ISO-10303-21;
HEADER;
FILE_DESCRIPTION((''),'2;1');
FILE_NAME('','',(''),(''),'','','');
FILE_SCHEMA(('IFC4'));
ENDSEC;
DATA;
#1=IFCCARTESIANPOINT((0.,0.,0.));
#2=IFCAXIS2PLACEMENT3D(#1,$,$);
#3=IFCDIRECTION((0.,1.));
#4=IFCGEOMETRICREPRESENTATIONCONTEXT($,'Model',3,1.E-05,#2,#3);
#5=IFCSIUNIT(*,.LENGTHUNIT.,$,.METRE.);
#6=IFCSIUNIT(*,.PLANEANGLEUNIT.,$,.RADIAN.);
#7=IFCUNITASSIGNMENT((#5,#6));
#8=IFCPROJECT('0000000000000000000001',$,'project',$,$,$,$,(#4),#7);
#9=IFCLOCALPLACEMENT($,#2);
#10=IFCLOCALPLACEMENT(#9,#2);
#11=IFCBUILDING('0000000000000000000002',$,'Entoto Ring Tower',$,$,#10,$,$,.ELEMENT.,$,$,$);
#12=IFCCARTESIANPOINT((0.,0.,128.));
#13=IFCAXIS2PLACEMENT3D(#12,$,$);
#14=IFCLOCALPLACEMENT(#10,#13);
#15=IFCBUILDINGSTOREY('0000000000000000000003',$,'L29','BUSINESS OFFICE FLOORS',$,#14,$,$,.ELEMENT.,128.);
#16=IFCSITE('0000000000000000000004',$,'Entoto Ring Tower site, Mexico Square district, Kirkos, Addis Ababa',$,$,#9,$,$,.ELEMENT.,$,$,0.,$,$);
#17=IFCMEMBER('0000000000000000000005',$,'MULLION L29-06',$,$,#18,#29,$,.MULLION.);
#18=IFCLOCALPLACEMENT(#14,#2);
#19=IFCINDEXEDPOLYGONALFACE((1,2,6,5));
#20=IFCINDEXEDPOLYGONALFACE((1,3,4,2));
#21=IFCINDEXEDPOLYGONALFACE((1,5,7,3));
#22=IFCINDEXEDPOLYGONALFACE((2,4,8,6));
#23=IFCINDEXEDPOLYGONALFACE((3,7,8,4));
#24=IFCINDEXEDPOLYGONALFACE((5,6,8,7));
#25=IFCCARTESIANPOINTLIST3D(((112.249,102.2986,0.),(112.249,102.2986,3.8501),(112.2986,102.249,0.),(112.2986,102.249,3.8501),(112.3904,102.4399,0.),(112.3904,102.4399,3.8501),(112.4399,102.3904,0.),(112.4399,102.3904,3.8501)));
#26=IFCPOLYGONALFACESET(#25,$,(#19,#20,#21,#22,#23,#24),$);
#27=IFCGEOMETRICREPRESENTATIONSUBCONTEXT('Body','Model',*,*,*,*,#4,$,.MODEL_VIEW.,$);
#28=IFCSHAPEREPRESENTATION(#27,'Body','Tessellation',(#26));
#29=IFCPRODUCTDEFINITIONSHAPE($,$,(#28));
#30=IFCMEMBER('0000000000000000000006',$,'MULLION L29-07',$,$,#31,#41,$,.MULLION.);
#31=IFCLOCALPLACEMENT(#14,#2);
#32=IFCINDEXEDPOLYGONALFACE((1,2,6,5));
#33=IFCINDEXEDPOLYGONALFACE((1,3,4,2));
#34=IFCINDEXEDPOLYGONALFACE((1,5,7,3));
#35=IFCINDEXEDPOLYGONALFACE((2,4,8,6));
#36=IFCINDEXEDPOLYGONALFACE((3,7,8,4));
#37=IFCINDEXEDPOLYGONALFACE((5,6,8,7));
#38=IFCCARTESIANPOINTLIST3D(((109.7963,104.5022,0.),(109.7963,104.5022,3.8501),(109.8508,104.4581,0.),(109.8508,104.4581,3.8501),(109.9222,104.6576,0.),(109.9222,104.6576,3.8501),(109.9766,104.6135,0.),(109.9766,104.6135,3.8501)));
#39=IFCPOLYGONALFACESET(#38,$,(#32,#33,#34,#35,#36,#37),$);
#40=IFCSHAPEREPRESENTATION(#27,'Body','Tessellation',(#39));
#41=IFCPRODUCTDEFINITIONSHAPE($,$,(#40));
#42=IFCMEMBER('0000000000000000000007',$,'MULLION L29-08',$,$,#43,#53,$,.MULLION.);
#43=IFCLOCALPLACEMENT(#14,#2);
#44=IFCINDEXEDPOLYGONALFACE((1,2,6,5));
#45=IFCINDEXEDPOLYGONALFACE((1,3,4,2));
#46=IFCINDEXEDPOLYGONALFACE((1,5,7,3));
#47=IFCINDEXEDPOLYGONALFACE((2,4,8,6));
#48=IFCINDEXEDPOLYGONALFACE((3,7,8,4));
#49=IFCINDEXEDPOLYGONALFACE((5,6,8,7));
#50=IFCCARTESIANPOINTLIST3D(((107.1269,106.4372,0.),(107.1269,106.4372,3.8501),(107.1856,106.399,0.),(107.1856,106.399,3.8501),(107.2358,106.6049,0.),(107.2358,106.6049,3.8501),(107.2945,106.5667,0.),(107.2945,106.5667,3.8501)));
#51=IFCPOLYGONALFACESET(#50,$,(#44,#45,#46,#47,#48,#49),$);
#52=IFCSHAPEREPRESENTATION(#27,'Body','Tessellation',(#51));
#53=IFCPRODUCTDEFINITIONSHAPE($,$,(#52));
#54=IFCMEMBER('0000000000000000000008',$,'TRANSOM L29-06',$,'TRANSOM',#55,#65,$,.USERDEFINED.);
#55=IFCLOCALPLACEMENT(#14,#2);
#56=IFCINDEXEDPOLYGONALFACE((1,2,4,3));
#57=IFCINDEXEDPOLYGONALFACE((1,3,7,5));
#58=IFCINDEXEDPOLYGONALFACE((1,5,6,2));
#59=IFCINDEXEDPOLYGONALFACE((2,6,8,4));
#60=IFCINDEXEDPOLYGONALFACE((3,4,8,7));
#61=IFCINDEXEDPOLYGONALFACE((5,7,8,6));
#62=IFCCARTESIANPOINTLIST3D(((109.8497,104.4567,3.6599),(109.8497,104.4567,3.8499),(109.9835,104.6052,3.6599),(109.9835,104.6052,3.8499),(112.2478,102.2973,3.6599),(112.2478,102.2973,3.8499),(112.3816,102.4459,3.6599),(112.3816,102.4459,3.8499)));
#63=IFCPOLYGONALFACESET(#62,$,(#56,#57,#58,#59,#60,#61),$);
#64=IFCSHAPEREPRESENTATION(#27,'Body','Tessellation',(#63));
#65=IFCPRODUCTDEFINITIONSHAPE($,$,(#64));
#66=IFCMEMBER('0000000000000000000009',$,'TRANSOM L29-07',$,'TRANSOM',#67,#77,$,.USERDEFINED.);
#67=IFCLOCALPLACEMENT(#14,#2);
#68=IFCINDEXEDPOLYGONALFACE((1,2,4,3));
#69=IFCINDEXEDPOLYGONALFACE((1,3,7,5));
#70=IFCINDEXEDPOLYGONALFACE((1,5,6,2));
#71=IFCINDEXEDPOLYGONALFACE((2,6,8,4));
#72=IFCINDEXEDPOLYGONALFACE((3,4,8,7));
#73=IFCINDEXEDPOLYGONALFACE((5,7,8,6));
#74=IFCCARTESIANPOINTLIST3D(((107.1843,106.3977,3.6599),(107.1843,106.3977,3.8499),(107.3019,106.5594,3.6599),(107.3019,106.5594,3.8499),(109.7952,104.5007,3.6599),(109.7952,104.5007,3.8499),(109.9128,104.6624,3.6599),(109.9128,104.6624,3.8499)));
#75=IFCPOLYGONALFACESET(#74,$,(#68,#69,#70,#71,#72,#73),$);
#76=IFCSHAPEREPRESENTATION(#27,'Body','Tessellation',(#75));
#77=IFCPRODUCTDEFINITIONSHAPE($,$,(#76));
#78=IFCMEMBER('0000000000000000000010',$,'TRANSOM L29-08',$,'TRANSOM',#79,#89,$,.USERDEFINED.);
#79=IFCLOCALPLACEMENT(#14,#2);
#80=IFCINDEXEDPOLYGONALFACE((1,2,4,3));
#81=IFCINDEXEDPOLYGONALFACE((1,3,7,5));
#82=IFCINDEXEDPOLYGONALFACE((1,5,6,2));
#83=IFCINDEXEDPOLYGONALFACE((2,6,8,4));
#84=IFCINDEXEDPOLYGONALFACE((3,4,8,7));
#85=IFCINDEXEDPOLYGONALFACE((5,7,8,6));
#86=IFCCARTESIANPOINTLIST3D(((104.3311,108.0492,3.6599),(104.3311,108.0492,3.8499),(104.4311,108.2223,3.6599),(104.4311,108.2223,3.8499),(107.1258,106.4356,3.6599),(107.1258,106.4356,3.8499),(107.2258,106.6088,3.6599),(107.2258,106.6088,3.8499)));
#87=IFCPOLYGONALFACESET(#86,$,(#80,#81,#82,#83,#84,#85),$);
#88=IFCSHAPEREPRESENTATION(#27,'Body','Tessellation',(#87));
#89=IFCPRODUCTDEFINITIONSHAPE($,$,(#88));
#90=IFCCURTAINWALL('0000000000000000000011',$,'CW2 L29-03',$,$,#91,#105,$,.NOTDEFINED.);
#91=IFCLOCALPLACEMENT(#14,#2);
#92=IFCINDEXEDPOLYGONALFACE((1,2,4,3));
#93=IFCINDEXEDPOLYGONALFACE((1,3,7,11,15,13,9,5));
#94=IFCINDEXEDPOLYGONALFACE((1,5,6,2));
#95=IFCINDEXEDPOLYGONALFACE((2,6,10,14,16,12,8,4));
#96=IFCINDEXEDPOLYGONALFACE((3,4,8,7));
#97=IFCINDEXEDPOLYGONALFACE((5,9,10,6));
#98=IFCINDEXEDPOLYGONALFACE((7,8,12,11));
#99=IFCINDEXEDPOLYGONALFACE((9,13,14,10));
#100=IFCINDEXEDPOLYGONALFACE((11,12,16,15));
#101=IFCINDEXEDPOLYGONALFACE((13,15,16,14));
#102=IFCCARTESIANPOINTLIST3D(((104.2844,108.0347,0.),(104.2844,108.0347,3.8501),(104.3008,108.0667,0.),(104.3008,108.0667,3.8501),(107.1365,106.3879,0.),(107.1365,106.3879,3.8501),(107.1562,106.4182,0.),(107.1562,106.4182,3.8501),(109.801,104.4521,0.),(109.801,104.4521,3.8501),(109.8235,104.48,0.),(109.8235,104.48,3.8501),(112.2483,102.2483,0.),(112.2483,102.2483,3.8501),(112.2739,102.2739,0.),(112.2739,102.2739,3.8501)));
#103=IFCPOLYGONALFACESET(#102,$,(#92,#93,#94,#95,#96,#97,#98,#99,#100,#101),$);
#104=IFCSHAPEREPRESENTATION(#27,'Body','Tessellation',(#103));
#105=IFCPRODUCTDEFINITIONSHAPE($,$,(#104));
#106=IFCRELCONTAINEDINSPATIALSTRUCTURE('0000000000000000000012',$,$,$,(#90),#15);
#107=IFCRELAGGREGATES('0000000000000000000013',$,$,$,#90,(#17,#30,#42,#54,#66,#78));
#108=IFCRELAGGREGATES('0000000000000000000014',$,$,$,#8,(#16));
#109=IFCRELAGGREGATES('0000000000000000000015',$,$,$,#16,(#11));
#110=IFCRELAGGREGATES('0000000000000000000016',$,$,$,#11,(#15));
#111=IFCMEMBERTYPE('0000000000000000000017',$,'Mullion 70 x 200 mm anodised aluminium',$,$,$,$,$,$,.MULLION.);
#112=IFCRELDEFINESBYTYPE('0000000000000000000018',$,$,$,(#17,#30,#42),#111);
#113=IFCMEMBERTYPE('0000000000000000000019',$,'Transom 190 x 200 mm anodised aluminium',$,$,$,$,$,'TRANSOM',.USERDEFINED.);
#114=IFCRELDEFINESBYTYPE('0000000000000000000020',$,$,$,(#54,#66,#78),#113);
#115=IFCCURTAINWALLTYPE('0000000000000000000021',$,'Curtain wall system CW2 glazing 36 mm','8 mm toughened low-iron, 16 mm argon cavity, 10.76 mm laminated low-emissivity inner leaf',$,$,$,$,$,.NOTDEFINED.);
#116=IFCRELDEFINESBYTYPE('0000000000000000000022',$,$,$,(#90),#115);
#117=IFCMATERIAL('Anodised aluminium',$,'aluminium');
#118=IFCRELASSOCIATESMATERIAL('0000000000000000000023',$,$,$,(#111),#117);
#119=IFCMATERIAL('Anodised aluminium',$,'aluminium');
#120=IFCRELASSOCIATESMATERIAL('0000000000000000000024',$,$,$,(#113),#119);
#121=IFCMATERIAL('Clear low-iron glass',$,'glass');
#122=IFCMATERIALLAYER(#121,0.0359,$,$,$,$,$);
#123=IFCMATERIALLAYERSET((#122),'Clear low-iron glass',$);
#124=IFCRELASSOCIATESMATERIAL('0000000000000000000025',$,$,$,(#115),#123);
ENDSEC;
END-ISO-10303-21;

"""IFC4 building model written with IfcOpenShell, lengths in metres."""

from ifc_helpers import new_model, si_unit, direction, frame, origin, origin_2d, place, context, subcontext, project, spatial, polyline, rectangle, outline, extrude, material, layer, layer_set, material_profile, profile_set, type_object, element, aggregate, save


model = new_model("IFC4")

# Units and contexts
model_context = context("Model", 3, precision=1e-05, world=origin(), true_north=direction((0.0, 1.0)))
body_context = subcontext(model_context, "Body", "Model", "MODEL_VIEW")
ifc_project = project(units=[si_unit("LENGTHUNIT", "METRE"), si_unit("PLANEANGLEUNIT", "RADIAN")], contexts=[model_context])

# Members
ifc_material_1 = material(Name="Anodised aluminium", Category="aluminium")
ifc_material_profile_1 = material_profile(ifc_material_1, rectangle(XDim=0.0701, YDim=0.2, at=origin_2d()), Name="Mullion 70 x 200 mm anodised aluminium")
ifc_profile_set_1 = profile_set([ifc_material_profile_1], Name="Anodised aluminium")
member_type_1 = type_object("IfcMemberType", Name="Mullion 70 x 200 mm anodised aluminium", PredefinedType="MULLION", material=ifc_profile_set_1)
site_placement = place(None, origin())
building_placement = place(site_placement, origin())
storey_placement = place(building_placement, frame((0.0, 0.0, 128.0)))
member_1_placement = place(storey_placement, frame((112.3445, 102.3445, 0.0), z_axis=(0.0, 0.0, 1.0), x_axis=(-0.707107, 0.707107, 0.0)))
member_1 = element("IfcMember", 1, at=member_1_placement, type_object=member_type_1, Name="MULLION L29-06", PredefinedType="MULLION", context=body_context, shape_type="SweptSolid", body=[
    extrude(rectangle(XDim=0.0701, YDim=0.2, at=origin_2d()), origin(), (0.0, 0.0, 1.0), 3.8501),
])
member_2_placement = place(storey_placement, frame((109.8865, 104.5579, 0.0), z_axis=(0.0, 0.0, 1.0), x_axis=(-0.777146, 0.62932, 0.0)))
member_2 = element("IfcMember", 2, at=member_2_placement, type_object=member_type_1, Name="MULLION L29-07", PredefinedType="MULLION", context=body_context, shape_type="SweptSolid", body=[
    extrude(rectangle(XDim=0.0701, YDim=0.2, at=origin_2d()), origin(), (0.0, 0.0, 1.0), 3.8501),
])
member_3_placement = place(storey_placement, frame((107.2107, 106.502, 0.0), z_axis=(0.0, 0.0, 1.0), x_axis=(-0.838671, 0.544639, 0.0)))
member_3 = element("IfcMember", 3, at=member_3_placement, type_object=member_type_1, Name="MULLION L29-08", PredefinedType="MULLION", context=body_context, shape_type="SweptSolid", body=[
    extrude(rectangle(XDim=0.0701, YDim=0.2, at=origin_2d()), origin(), (0.0, 0.0, 1.0), 3.8501),
])
ifc_material_2 = material(Name="Anodised aluminium", Category="aluminium")
ifc_material_profile_2 = material_profile(ifc_material_2, rectangle(XDim=0.2, YDim=0.1899, at=origin_2d()), Name="Transom 190 x 200 mm anodised aluminium")
ifc_profile_set_2 = profile_set([ifc_material_profile_2], Name="Anodised aluminium")
member_type_2 = type_object("IfcMemberType", Name="Transom 190 x 200 mm anodised aluminium", ElementType="TRANSOM", PredefinedType="USERDEFINED", material=ifc_profile_set_2)
member_4_placement = place(storey_placement, frame((112.3147, 102.3716, 3.7549), z_axis=(-0.743132, 0.669144, 0.0), x_axis=(-0.669144, -0.743132, 0.0)))
member_4 = element("IfcMember", 4, at=member_4_placement, type_object=member_type_2, Name="TRANSOM L29-06", ObjectType="TRANSOM", PredefinedType="USERDEFINED", context=body_context, shape_type="SweptSolid", body=[
    extrude(rectangle(XDim=0.2, YDim=0.1899, at=origin_2d()), origin(), (0.0, 0.0, 1.0), 3.2271),
])
member_5_placement = place(storey_placement, frame((109.854, 104.5815, 3.7549), z_axis=(-0.809004, 0.587803, 0.0), x_axis=(-0.587803, -0.809004, 0.0)))
member_5 = element("IfcMember", 5, at=member_5_placement, type_object=member_type_2, Name="TRANSOM L29-07", ObjectType="TRANSOM", PredefinedType="USERDEFINED", context=body_context, shape_type="SweptSolid", body=[
    extrude(rectangle(XDim=0.2, YDim=0.1899, at=origin_2d()), origin(), (0.0, 0.0, 1.0), 3.2273),
])
member_6_placement = place(storey_placement, frame((107.1758, 106.5222, 3.7549), z_axis=(-0.866023, 0.500004, 0.0), x_axis=(-0.500004, -0.866023, 0.0)))
member_6 = element("IfcMember", 6, at=member_6_placement, type_object=member_type_2, Name="TRANSOM L29-08", ObjectType="TRANSOM", PredefinedType="USERDEFINED", context=body_context, shape_type="SweptSolid", body=[
    extrude(rectangle(XDim=0.2, YDim=0.1899, at=origin_2d()), origin(), (0.0, 0.0, 1.0), 3.2271),
])

# Site, building, storey
site = spatial("IfcSite", under=ifc_project, at=site_placement, Name="Entoto Ring Tower site, Mexico Square district, Kirkos, Addis Ababa", CompositionType="ELEMENT", RefElevation=0.0)
building = spatial("IfcBuilding", under=site, at=building_placement, Name="Entoto Ring Tower", CompositionType="ELEMENT")
storey = spatial("IfcBuildingStorey", under=building, at=storey_placement, Name="L29", Description="BUSINESS OFFICE FLOORS", CompositionType="ELEMENT", Elevation=128.0)

# Curtain wall
ifc_material_3 = material(Name="Clear low-iron glass", Category="glass")
ifc_layer = layer(ifc_material_3, 0.0359)
ifc_layer_set = layer_set([ifc_layer], Name="Clear low-iron glass")
curtain_wall_type = type_object("IfcCurtainWallType", Name="Curtain wall system CW2 glazing 36 mm", Description="8 mm toughened low-iron, 16 mm argon cavity, 10.76 mm laminated low-emissivity inner leaf", PredefinedType="NOTDEFINED", material=ifc_layer_set)
curtain_wall_1_placement = place(storey_placement, origin())
curtain_wall_1 = element("IfcCurtainWall", 7, at=curtain_wall_1_placement, inside=storey, type_object=curtain_wall_type, Name="CW2 L29-03", PredefinedType="NOTDEFINED", context=body_context, shape_type="SweptSolid", body=[
    extrude(outline(polyline([(112.2739, 102.2739), (109.8235, 104.48), (107.1562, 106.4182), (104.3008, 108.0667), (104.2844, 108.0347), (107.1365, 106.3879), (109.801, 104.4521), (112.2483, 102.2483), (112.2739, 102.2739)])), origin(), (0.0, 0.0, 1.0), 3.8501),
])
aggregate(curtain_wall_1, [member_1, member_2, member_3, member_4, member_5, member_6])

save(model, "model.ifc")
